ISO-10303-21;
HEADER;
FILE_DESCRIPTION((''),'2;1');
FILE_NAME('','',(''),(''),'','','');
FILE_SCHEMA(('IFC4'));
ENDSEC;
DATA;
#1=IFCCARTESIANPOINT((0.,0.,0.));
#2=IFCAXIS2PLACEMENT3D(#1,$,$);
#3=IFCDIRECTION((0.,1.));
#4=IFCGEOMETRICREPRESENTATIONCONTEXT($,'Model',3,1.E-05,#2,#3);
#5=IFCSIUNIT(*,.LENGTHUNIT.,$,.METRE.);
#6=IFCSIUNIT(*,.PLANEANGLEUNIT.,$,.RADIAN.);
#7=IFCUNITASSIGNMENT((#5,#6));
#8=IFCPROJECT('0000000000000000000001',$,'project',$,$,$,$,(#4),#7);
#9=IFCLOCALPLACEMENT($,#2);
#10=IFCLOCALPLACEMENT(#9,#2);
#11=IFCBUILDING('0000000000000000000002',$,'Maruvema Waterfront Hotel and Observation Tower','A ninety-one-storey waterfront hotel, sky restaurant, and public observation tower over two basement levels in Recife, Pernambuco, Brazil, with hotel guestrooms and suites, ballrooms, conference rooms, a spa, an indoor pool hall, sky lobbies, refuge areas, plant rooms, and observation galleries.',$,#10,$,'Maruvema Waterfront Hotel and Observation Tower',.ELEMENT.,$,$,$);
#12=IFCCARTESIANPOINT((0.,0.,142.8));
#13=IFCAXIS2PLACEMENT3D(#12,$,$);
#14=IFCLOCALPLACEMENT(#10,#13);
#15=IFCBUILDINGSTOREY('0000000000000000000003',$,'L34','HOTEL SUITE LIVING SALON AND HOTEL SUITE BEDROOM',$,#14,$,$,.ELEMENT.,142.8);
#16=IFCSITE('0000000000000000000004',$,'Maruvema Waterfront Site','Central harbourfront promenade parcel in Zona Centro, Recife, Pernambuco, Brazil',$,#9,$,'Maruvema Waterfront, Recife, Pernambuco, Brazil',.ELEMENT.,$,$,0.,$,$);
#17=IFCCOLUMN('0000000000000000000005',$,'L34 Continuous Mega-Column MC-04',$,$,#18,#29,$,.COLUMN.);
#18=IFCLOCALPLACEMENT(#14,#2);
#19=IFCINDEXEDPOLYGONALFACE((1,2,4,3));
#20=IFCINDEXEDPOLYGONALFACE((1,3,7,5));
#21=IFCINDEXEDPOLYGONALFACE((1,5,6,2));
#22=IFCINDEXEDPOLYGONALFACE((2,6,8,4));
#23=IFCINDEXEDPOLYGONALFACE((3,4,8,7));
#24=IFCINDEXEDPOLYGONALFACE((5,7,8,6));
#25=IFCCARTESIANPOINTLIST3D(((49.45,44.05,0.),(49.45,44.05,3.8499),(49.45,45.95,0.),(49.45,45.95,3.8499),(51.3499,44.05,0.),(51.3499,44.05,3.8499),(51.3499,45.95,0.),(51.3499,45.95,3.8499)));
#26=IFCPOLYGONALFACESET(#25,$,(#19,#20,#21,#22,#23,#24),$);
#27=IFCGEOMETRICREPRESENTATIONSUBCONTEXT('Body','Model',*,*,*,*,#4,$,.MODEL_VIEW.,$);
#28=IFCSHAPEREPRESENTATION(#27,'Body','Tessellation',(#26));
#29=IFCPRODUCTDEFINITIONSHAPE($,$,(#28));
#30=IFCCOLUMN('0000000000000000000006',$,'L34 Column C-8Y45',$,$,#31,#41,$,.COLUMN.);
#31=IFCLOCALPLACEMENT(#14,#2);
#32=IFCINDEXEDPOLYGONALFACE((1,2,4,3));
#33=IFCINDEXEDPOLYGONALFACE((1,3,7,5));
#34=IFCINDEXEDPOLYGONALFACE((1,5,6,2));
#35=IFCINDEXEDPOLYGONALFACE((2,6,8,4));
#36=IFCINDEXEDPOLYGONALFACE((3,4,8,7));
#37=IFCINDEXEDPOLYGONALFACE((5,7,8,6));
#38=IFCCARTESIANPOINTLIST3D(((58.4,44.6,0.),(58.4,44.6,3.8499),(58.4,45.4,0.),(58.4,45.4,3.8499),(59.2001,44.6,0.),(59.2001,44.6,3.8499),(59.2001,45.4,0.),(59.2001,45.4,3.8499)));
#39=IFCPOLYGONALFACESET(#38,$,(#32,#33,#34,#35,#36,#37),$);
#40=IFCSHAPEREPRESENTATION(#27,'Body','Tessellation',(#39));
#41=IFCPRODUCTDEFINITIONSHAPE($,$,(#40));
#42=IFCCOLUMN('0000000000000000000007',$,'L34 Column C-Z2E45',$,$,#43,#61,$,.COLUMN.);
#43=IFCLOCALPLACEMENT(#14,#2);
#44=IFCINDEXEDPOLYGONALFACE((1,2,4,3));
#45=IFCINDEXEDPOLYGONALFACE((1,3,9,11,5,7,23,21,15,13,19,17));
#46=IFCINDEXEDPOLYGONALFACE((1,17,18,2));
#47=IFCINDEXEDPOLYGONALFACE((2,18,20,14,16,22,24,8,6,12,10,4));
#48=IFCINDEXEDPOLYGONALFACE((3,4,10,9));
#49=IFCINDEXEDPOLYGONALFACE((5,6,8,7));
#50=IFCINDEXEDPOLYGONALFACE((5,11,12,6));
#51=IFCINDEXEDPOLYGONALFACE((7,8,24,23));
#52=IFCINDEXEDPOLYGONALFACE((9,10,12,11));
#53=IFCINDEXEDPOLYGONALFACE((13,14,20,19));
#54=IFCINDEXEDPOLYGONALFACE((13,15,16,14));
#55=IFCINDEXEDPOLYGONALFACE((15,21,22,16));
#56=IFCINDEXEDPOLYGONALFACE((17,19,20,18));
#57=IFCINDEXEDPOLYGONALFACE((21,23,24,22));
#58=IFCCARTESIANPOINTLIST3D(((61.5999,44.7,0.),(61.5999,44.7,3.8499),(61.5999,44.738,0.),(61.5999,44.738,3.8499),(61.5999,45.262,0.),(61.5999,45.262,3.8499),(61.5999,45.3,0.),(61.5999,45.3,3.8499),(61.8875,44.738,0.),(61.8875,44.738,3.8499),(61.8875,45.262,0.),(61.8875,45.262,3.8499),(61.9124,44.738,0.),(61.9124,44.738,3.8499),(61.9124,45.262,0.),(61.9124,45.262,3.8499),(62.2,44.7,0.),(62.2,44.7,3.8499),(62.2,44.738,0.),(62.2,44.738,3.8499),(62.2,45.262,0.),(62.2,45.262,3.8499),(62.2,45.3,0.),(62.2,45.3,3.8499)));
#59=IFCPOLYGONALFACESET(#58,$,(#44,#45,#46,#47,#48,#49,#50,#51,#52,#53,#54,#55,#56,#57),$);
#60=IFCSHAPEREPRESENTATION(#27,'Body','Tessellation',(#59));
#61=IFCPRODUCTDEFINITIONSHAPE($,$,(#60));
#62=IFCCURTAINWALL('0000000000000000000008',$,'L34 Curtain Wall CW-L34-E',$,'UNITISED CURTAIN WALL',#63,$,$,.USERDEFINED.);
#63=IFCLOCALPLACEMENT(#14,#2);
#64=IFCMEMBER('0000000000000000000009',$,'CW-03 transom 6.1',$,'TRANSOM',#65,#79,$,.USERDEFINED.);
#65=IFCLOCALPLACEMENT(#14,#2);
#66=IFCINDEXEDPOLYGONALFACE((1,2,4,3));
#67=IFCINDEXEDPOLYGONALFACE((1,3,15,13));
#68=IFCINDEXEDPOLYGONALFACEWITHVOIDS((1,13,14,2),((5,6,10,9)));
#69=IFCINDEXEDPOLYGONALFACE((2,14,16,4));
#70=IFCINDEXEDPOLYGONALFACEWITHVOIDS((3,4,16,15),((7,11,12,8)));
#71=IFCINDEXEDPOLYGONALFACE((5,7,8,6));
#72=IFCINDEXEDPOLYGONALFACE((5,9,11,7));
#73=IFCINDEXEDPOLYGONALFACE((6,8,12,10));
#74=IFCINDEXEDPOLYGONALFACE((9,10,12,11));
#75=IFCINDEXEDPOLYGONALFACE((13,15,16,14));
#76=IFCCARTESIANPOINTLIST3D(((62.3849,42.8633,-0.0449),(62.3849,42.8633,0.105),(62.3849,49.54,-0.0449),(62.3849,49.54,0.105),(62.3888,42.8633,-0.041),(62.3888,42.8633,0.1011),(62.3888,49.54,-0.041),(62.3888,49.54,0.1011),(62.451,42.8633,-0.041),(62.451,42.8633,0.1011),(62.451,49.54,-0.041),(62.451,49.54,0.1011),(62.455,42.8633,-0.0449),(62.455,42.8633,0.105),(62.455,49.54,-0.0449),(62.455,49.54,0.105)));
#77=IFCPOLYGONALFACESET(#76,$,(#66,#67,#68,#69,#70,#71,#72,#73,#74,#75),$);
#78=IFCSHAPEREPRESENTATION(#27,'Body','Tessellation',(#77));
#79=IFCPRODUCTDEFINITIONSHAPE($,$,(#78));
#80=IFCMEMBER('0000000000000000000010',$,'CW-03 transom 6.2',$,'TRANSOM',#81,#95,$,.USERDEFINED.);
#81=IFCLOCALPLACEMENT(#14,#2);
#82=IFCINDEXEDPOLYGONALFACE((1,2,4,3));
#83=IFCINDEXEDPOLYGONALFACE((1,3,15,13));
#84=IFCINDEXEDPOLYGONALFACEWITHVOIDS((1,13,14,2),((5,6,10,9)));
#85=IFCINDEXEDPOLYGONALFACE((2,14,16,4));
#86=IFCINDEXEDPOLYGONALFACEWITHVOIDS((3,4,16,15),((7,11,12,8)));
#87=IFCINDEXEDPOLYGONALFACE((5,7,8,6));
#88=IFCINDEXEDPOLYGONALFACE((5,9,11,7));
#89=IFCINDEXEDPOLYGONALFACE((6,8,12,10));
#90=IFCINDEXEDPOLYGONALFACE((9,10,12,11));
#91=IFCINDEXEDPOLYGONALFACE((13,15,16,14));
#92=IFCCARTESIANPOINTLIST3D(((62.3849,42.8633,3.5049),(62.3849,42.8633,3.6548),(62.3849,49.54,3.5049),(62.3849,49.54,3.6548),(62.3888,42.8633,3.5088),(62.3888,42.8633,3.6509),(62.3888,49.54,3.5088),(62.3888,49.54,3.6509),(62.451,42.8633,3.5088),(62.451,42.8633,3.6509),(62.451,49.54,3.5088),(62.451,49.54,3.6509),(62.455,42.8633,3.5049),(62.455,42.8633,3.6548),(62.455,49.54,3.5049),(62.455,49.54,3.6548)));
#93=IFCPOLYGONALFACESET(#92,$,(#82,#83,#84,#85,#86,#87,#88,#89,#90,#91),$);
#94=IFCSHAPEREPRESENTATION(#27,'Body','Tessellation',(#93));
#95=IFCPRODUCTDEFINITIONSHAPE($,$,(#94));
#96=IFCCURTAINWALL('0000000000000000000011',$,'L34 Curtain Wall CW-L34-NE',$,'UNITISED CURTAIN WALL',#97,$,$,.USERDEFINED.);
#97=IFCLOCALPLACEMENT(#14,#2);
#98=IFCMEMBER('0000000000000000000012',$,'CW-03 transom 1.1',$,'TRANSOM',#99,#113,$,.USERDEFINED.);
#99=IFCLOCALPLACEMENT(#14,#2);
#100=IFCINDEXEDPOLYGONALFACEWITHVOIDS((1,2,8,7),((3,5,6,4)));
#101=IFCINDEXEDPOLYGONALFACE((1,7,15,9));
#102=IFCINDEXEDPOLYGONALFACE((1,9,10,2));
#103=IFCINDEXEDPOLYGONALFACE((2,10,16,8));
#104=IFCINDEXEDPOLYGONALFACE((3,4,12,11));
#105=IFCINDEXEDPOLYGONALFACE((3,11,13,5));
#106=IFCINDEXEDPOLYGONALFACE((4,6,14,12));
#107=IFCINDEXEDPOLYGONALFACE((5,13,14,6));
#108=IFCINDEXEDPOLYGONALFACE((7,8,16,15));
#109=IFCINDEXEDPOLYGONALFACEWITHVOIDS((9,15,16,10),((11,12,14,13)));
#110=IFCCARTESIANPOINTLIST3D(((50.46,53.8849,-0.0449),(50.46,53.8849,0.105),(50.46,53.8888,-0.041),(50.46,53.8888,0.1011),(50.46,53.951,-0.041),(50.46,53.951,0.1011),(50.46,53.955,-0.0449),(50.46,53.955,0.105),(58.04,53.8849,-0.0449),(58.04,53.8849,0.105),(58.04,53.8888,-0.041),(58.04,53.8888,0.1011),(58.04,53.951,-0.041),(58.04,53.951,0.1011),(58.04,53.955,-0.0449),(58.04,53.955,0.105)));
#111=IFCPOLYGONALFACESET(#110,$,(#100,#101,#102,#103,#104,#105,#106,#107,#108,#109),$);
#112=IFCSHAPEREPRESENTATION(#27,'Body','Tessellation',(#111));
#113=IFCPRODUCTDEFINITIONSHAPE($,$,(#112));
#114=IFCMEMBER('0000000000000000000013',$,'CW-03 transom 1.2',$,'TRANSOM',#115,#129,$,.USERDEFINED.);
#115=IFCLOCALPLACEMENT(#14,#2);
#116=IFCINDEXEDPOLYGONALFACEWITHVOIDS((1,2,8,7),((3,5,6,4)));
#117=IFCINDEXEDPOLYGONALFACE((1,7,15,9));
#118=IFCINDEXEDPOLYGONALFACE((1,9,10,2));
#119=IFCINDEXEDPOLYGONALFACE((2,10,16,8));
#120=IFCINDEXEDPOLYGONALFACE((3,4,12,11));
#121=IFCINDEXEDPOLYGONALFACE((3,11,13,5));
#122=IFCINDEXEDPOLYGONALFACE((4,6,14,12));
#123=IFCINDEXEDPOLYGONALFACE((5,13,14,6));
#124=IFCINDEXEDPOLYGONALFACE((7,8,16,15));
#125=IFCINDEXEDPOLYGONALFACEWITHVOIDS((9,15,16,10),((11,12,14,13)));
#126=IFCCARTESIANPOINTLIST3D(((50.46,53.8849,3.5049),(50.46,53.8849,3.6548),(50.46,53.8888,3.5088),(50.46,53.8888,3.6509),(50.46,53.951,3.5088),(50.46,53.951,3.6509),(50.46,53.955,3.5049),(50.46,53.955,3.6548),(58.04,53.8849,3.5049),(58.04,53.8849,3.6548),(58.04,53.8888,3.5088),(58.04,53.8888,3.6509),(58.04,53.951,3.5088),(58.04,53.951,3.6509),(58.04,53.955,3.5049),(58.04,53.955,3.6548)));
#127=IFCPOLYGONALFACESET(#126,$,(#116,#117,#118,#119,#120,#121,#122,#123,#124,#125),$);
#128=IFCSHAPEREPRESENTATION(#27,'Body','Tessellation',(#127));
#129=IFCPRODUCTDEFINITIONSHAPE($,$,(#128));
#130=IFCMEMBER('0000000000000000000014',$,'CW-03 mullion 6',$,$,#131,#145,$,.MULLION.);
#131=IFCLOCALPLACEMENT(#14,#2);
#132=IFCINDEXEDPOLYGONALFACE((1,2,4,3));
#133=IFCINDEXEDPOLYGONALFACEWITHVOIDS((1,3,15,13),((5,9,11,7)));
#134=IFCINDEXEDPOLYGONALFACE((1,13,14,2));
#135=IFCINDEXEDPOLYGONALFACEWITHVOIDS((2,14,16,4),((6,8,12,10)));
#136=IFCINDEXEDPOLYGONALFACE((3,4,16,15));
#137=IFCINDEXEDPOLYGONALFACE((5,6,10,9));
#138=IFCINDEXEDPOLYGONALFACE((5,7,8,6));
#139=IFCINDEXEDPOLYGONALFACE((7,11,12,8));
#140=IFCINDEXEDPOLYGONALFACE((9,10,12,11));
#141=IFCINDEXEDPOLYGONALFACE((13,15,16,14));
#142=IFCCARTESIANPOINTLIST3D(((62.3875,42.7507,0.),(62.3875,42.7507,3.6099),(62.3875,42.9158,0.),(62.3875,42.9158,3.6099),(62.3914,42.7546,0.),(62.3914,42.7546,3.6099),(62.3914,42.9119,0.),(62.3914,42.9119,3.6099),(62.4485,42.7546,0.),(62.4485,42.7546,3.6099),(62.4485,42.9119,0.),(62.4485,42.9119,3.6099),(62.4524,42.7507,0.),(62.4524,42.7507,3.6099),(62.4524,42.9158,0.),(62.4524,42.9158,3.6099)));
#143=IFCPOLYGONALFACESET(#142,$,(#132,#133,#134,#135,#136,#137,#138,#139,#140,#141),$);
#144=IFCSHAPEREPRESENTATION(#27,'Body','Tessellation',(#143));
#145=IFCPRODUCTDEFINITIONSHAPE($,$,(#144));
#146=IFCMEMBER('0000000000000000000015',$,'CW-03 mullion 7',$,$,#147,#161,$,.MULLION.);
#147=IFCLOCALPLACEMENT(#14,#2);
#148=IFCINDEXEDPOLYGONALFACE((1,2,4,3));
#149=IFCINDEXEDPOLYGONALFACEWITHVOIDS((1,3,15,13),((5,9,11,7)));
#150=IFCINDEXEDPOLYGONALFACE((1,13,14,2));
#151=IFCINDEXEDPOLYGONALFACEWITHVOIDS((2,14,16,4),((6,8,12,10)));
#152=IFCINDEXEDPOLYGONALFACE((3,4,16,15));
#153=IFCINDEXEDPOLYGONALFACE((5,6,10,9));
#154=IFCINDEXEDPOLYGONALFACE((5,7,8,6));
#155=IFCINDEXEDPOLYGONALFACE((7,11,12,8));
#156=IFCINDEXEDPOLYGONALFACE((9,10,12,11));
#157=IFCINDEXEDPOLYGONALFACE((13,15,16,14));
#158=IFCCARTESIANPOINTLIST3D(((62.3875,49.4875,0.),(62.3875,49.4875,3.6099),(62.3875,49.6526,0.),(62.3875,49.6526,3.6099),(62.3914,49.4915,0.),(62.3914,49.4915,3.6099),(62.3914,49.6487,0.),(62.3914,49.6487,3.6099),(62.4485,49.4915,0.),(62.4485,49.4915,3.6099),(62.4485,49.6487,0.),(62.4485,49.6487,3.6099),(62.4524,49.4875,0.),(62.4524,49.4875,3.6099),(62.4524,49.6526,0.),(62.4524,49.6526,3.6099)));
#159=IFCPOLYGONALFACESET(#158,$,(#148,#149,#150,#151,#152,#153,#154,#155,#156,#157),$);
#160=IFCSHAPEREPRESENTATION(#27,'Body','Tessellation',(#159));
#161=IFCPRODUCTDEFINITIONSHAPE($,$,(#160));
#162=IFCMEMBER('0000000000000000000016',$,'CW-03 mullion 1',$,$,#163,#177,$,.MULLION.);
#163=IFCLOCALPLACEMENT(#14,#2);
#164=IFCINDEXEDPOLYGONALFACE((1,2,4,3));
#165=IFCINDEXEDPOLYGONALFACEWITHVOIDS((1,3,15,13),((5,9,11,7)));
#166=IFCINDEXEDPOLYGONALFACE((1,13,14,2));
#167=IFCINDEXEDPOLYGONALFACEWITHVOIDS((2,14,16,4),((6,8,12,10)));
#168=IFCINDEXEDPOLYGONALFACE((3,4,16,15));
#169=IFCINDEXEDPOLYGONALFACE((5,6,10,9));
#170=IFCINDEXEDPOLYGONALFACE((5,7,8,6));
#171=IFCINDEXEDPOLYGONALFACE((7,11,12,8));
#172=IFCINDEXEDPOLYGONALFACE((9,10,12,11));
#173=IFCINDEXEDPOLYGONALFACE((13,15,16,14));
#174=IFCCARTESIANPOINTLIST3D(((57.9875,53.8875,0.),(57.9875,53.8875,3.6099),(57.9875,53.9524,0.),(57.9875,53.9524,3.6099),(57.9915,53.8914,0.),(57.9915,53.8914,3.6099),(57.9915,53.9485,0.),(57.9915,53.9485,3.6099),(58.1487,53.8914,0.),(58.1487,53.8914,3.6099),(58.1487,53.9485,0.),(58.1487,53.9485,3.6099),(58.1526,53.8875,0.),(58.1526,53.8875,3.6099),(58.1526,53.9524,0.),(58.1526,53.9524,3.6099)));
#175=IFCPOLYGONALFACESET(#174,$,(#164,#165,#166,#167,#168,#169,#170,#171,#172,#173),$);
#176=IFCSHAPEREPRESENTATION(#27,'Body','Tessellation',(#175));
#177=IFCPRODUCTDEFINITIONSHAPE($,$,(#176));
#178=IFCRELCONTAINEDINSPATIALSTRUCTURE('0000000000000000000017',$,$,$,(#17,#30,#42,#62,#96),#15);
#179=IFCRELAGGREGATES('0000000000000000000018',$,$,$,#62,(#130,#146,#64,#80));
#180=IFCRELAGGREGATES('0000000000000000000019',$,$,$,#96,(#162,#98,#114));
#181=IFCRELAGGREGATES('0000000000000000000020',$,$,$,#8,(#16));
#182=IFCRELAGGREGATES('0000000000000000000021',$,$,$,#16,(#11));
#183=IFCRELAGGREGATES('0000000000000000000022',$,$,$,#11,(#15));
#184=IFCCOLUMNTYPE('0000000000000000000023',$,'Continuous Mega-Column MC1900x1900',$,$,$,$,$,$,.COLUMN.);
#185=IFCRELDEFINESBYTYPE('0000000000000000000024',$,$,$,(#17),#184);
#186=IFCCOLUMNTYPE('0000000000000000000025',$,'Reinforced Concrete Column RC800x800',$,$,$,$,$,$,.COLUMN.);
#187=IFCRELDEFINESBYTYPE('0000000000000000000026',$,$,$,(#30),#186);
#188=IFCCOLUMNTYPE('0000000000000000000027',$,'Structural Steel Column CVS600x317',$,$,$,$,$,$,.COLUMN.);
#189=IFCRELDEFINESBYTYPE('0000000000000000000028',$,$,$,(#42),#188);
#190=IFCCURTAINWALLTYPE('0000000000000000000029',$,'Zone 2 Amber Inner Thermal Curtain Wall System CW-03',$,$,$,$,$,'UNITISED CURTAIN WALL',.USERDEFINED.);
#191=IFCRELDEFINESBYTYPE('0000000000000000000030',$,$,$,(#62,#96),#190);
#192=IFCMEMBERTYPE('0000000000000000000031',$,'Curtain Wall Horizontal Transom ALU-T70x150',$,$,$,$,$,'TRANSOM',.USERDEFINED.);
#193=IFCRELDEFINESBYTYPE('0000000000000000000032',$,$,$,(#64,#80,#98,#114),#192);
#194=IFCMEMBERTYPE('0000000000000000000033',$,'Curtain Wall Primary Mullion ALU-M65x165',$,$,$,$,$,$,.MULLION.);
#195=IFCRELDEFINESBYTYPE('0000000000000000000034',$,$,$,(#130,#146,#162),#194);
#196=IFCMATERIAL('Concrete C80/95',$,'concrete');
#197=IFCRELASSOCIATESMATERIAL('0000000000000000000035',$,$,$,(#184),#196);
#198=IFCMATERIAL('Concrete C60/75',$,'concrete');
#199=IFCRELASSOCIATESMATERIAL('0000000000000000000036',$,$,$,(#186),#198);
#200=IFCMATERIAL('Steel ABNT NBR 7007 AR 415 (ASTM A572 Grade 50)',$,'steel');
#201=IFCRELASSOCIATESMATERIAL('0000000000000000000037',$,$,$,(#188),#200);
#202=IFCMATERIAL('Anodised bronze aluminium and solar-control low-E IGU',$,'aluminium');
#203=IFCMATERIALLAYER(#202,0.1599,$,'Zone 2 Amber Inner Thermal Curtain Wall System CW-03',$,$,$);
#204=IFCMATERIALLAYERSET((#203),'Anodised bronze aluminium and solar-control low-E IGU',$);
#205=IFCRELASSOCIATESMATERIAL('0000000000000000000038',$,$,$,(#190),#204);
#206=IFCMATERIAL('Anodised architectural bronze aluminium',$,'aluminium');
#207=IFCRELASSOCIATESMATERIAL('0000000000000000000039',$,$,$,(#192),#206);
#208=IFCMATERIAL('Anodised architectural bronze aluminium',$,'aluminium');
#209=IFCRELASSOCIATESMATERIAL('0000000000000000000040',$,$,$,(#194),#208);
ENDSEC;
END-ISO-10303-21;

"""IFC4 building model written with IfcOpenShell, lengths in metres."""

from ifc_helpers import new_model, si_unit, direction, frame, origin, origin_2d, place, context, subcontext, project, spatial, rectangle, hollow_rectangle, i_section, extrude, material, layer, layer_set, material_profile, profile_set, type_object, element, aggregate, save


model = new_model("IFC4")

# Units and contexts
model_context = context("Model", 3, precision=1e-05, world=origin(), true_north=direction((0.0, 1.0)))
body_context = subcontext(model_context, "Body", "Model", "MODEL_VIEW")
ifc_project = project(units=[si_unit("LENGTHUNIT", "METRE"), si_unit("PLANEANGLEUNIT", "RADIAN")], contexts=[model_context])

# Site, building, storey
site_placement = place(None, origin())
site = spatial("IfcSite", under=ifc_project, at=site_placement, Name="Maruvema Waterfront Site", Description="Central harbourfront promenade parcel in Zona Centro, Recife, Pernambuco, Brazil", LongName="Maruvema Waterfront, Recife, Pernambuco, Brazil", CompositionType="ELEMENT", RefElevation=0.0)
building_placement = place(site_placement, origin())
building = spatial("IfcBuilding", under=site, at=building_placement, Name="Maruvema Waterfront Hotel and Observation Tower", Description="A ninety-one-storey waterfront hotel, sky restaurant, and public observation tower over two basement levels in Recife, Pernambuco, Brazil, with hotel guestrooms and suites, ballrooms, conference rooms, a spa, an indoor pool hall, sky lobbies, refuge areas, plant rooms, and observation galleries.", LongName="Maruvema Waterfront Hotel and Observation Tower", CompositionType="ELEMENT")
storey_placement = place(building_placement, frame((0.0, 0.0, 142.8)))
storey = spatial("IfcBuildingStorey", under=building, at=storey_placement, Name="L34", Description="HOTEL SUITE LIVING SALON AND HOTEL SUITE BEDROOM", CompositionType="ELEMENT", Elevation=142.8)

# Columns
ifc_material_1 = material(Name="Concrete C80/95", Category="concrete")
ifc_material_profile_1 = material_profile(ifc_material_1, rectangle(XDim=1.8999, YDim=1.8999, at=origin_2d()), Name="MC1900x1900")
ifc_profile_set_1 = profile_set([ifc_material_profile_1], Name="Concrete C80/95")
column_type_1 = type_object("IfcColumnType", Name="Continuous Mega-Column MC1900x1900", PredefinedType="COLUMN", material=ifc_profile_set_1)
column_1_placement = place(storey_placement, frame((50.3999, 45.0, 0.0), z_axis=(0.0, 0.0, 1.0), x_axis=(1.0, 0.0, 0.0)))
element("IfcColumn", 1, at=column_1_placement, inside=storey, type_object=column_type_1, Name="L34 Continuous Mega-Column MC-04", PredefinedType="COLUMN", context=body_context, shape_type="SweptSolid", body=[
    extrude(rectangle(XDim=1.8999, YDim=1.8999, at=origin_2d()), origin(), (0.0, 0.0, 1.0), 3.8499),
])
ifc_material_2 = material(Name="Concrete C60/75", Category="concrete")
ifc_material_profile_2 = material_profile(ifc_material_2, rectangle(XDim=0.8, YDim=0.8, at=origin_2d()), Name="RC800x800")
ifc_profile_set_2 = profile_set([ifc_material_profile_2], Name="Concrete C60/75")
column_type_2 = type_object("IfcColumnType", Name="Reinforced Concrete Column RC800x800", PredefinedType="COLUMN", material=ifc_profile_set_2)
column_2_placement = place(storey_placement, frame((58.8, 45.0, 0.0), z_axis=(0.0, 0.0, 1.0), x_axis=(1.0, 0.0, 0.0)))
element("IfcColumn", 2, at=column_2_placement, inside=storey, type_object=column_type_2, Name="L34 Column C-8Y45", PredefinedType="COLUMN", context=body_context, shape_type="SweptSolid", body=[
    extrude(rectangle(XDim=0.8, YDim=0.8, at=origin_2d()), origin(), (0.0, 0.0, 1.0), 3.8499),
])
ifc_material_3 = material(Name="Steel ABNT NBR 7007 AR 415 (ASTM A572 Grade 50)", Category="steel")
ifc_material_profile_3 = material_profile(ifc_material_3, i_section(OverallWidth=0.6001, OverallDepth=0.6001, WebThickness=0.0249, FlangeThickness=0.0381, at=origin_2d()), Name="CVS600x317")
ifc_profile_set_3 = profile_set([ifc_material_profile_3], Name="Steel ABNT NBR 7007 AR 415 (ASTM A572 Grade 50)")
column_type_3 = type_object("IfcColumnType", Name="Structural Steel Column CVS600x317", PredefinedType="COLUMN", material=ifc_profile_set_3)
column_3_placement = place(storey_placement, frame((61.8999, 45.0, 0.0), z_axis=(0.0, 0.0, 1.0), x_axis=(1.0, 0.0, 0.0)))
element("IfcColumn", 3, at=column_3_placement, inside=storey, type_object=column_type_3, Name="L34 Column C-Z2E45", PredefinedType="COLUMN", context=body_context, shape_type="SweptSolid", body=[
    extrude(i_section(OverallWidth=0.6001, OverallDepth=0.6001, WebThickness=0.0249, FlangeThickness=0.0381, at=origin_2d()), origin(), (0.0, 0.0, 1.0), 3.8499),
])

# Curtain walls, members
ifc_material_4 = material(Name="Anodised bronze aluminium and solar-control low-E IGU", Category="aluminium")
ifc_layer_1 = layer(ifc_material_4, 0.1599, Name="Zone 2 Amber Inner Thermal Curtain Wall System CW-03")
ifc_layer_set_1 = layer_set([ifc_layer_1], Name="Anodised bronze aluminium and solar-control low-E IGU")
curtain_wall_type = type_object("IfcCurtainWallType", Name="Zone 2 Amber Inner Thermal Curtain Wall System CW-03", ElementType="UNITISED CURTAIN WALL", PredefinedType="USERDEFINED", material=ifc_layer_set_1)
curtain_wall_1_placement = place(storey_placement, origin())
curtain_wall_1 = element("IfcCurtainWall", 4, at=curtain_wall_1_placement, inside=storey, type_object=curtain_wall_type, Name="L34 Curtain Wall CW-L34-E", ObjectType="UNITISED CURTAIN WALL", PredefinedType="USERDEFINED")
ifc_material_5 = material(Name="Anodised architectural bronze aluminium", Category="aluminium")
ifc_material_profile_4 = material_profile(ifc_material_5, hollow_rectangle(XDim=0.0701, YDim=0.1499, WallThickness=0.0039, at=origin_2d()), Name="ALU-T70x150")
ifc_profile_set_4 = profile_set([ifc_material_profile_4], Name="Anodised architectural bronze aluminium")
member_type_1 = type_object("IfcMemberType", Name="Curtain Wall Horizontal Transom ALU-T70x150", ElementType="TRANSOM", PredefinedType="USERDEFINED", material=ifc_profile_set_4)
member_1_placement = place(storey_placement, frame((62.4199, 42.8633, 0.03), z_axis=(0.0, 1.0, 0.0), x_axis=(-1.0, 0.0, 0.0)))
member_1 = element("IfcMember", 5, at=member_1_placement, type_object=member_type_1, Name="CW-03 transom 6.1", ObjectType="TRANSOM", PredefinedType="USERDEFINED", context=body_context, shape_type="SweptSolid", body=[
    extrude(hollow_rectangle(XDim=0.0701, YDim=0.1499, WallThickness=0.0039, at=origin_2d()), origin(), (0.0, 0.0, 1.0), 6.6768),
])
member_2_placement = place(storey_placement, frame((62.4199, 42.8633, 3.5798), z_axis=(0.0, 1.0, 0.0), x_axis=(-1.0, 0.0, 0.0)))
member_2 = element("IfcMember", 6, at=member_2_placement, type_object=member_type_1, Name="CW-03 transom 6.2", ObjectType="TRANSOM", PredefinedType="USERDEFINED", context=body_context, shape_type="SweptSolid", body=[
    extrude(hollow_rectangle(XDim=0.0701, YDim=0.1499, WallThickness=0.0039, at=origin_2d()), origin(), (0.0, 0.0, 1.0), 6.6768),
])
curtain_wall_2_placement = place(storey_placement, origin())
curtain_wall_2 = element("IfcCurtainWall", 7, at=curtain_wall_2_placement, inside=storey, type_object=curtain_wall_type, Name="L34 Curtain Wall CW-L34-NE", ObjectType="UNITISED CURTAIN WALL", PredefinedType="USERDEFINED")
member_3_placement = place(storey_placement, frame((58.04, 53.9199, 0.03), z_axis=(-1.0, 0.0, 0.0), x_axis=(0.0, -1.0, 0.0)))
member_3 = element("IfcMember", 8, at=member_3_placement, type_object=member_type_1, Name="CW-03 transom 1.1", ObjectType="TRANSOM", PredefinedType="USERDEFINED", context=body_context, shape_type="SweptSolid", body=[
    extrude(hollow_rectangle(XDim=0.0701, YDim=0.1499, WallThickness=0.0039, at=origin_2d()), origin(), (0.0, 0.0, 1.0), 7.5801),
])
member_4_placement = place(storey_placement, frame((58.04, 53.9199, 3.5798), z_axis=(-1.0, 0.0, 0.0), x_axis=(0.0, -1.0, 0.0)))
member_4 = element("IfcMember", 9, at=member_4_placement, type_object=member_type_1, Name="CW-03 transom 1.2", ObjectType="TRANSOM", PredefinedType="USERDEFINED", context=body_context, shape_type="SweptSolid", body=[
    extrude(hollow_rectangle(XDim=0.0701, YDim=0.1499, WallThickness=0.0039, at=origin_2d()), origin(), (0.0, 0.0, 1.0), 7.5801),
])

# Members
ifc_material_6 = material(Name="Anodised architectural bronze aluminium", Category="aluminium")
ifc_material_profile_5 = material_profile(ifc_material_6, hollow_rectangle(XDim=0.0649, YDim=0.165, WallThickness=0.0039, at=origin_2d()), Name="ALU-M65x165")
ifc_profile_set_5 = profile_set([ifc_material_profile_5], Name="Anodised architectural bronze aluminium")
member_type_2 = type_object("IfcMemberType", Name="Curtain Wall Primary Mullion ALU-M65x165", PredefinedType="MULLION", material=ifc_profile_set_5)
member_5_placement = place(storey_placement, frame((62.4199, 42.8333, 0.0), z_axis=(0.0, 0.0, 1.0), x_axis=(-1.0, 0.0, 0.0)))
member_5 = element("IfcMember", 10, at=member_5_placement, type_object=member_type_2, Name="CW-03 mullion 6", PredefinedType="MULLION", context=body_context, shape_type="SweptSolid", body=[
    extrude(hollow_rectangle(XDim=0.0649, YDim=0.165, WallThickness=0.0039, at=origin_2d()), origin(), (0.0, 0.0, 1.0), 3.6099),
])
member_6_placement = place(storey_placement, frame((62.4199, 49.5701, 0.0), z_axis=(0.0, 0.0, 1.0), x_axis=(-1.0, 0.0, 0.0)))
member_6 = element("IfcMember", 11, at=member_6_placement, type_object=member_type_2, Name="CW-03 mullion 7", PredefinedType="MULLION", context=body_context, shape_type="SweptSolid", body=[
    extrude(hollow_rectangle(XDim=0.0649, YDim=0.165, WallThickness=0.0039, at=origin_2d()), origin(), (0.0, 0.0, 1.0), 3.6099),
])
member_7_placement = place(storey_placement, frame((58.0701, 53.9199, 0.0), z_axis=(0.0, 0.0, 1.0), x_axis=(0.0, -1.0, 0.0)))
member_7 = element("IfcMember", 12, at=member_7_placement, type_object=member_type_2, Name="CW-03 mullion 1", PredefinedType="MULLION", context=body_context, shape_type="SweptSolid", body=[
    extrude(hollow_rectangle(XDim=0.0649, YDim=0.165, WallThickness=0.0039, at=origin_2d()), origin(), (0.0, 0.0, 1.0), 3.6099),
])

aggregate(curtain_wall_1, [member_5, member_6, member_1, member_2])
aggregate(curtain_wall_2, [member_7, member_3, member_4])

save(model, "model.ifc")
